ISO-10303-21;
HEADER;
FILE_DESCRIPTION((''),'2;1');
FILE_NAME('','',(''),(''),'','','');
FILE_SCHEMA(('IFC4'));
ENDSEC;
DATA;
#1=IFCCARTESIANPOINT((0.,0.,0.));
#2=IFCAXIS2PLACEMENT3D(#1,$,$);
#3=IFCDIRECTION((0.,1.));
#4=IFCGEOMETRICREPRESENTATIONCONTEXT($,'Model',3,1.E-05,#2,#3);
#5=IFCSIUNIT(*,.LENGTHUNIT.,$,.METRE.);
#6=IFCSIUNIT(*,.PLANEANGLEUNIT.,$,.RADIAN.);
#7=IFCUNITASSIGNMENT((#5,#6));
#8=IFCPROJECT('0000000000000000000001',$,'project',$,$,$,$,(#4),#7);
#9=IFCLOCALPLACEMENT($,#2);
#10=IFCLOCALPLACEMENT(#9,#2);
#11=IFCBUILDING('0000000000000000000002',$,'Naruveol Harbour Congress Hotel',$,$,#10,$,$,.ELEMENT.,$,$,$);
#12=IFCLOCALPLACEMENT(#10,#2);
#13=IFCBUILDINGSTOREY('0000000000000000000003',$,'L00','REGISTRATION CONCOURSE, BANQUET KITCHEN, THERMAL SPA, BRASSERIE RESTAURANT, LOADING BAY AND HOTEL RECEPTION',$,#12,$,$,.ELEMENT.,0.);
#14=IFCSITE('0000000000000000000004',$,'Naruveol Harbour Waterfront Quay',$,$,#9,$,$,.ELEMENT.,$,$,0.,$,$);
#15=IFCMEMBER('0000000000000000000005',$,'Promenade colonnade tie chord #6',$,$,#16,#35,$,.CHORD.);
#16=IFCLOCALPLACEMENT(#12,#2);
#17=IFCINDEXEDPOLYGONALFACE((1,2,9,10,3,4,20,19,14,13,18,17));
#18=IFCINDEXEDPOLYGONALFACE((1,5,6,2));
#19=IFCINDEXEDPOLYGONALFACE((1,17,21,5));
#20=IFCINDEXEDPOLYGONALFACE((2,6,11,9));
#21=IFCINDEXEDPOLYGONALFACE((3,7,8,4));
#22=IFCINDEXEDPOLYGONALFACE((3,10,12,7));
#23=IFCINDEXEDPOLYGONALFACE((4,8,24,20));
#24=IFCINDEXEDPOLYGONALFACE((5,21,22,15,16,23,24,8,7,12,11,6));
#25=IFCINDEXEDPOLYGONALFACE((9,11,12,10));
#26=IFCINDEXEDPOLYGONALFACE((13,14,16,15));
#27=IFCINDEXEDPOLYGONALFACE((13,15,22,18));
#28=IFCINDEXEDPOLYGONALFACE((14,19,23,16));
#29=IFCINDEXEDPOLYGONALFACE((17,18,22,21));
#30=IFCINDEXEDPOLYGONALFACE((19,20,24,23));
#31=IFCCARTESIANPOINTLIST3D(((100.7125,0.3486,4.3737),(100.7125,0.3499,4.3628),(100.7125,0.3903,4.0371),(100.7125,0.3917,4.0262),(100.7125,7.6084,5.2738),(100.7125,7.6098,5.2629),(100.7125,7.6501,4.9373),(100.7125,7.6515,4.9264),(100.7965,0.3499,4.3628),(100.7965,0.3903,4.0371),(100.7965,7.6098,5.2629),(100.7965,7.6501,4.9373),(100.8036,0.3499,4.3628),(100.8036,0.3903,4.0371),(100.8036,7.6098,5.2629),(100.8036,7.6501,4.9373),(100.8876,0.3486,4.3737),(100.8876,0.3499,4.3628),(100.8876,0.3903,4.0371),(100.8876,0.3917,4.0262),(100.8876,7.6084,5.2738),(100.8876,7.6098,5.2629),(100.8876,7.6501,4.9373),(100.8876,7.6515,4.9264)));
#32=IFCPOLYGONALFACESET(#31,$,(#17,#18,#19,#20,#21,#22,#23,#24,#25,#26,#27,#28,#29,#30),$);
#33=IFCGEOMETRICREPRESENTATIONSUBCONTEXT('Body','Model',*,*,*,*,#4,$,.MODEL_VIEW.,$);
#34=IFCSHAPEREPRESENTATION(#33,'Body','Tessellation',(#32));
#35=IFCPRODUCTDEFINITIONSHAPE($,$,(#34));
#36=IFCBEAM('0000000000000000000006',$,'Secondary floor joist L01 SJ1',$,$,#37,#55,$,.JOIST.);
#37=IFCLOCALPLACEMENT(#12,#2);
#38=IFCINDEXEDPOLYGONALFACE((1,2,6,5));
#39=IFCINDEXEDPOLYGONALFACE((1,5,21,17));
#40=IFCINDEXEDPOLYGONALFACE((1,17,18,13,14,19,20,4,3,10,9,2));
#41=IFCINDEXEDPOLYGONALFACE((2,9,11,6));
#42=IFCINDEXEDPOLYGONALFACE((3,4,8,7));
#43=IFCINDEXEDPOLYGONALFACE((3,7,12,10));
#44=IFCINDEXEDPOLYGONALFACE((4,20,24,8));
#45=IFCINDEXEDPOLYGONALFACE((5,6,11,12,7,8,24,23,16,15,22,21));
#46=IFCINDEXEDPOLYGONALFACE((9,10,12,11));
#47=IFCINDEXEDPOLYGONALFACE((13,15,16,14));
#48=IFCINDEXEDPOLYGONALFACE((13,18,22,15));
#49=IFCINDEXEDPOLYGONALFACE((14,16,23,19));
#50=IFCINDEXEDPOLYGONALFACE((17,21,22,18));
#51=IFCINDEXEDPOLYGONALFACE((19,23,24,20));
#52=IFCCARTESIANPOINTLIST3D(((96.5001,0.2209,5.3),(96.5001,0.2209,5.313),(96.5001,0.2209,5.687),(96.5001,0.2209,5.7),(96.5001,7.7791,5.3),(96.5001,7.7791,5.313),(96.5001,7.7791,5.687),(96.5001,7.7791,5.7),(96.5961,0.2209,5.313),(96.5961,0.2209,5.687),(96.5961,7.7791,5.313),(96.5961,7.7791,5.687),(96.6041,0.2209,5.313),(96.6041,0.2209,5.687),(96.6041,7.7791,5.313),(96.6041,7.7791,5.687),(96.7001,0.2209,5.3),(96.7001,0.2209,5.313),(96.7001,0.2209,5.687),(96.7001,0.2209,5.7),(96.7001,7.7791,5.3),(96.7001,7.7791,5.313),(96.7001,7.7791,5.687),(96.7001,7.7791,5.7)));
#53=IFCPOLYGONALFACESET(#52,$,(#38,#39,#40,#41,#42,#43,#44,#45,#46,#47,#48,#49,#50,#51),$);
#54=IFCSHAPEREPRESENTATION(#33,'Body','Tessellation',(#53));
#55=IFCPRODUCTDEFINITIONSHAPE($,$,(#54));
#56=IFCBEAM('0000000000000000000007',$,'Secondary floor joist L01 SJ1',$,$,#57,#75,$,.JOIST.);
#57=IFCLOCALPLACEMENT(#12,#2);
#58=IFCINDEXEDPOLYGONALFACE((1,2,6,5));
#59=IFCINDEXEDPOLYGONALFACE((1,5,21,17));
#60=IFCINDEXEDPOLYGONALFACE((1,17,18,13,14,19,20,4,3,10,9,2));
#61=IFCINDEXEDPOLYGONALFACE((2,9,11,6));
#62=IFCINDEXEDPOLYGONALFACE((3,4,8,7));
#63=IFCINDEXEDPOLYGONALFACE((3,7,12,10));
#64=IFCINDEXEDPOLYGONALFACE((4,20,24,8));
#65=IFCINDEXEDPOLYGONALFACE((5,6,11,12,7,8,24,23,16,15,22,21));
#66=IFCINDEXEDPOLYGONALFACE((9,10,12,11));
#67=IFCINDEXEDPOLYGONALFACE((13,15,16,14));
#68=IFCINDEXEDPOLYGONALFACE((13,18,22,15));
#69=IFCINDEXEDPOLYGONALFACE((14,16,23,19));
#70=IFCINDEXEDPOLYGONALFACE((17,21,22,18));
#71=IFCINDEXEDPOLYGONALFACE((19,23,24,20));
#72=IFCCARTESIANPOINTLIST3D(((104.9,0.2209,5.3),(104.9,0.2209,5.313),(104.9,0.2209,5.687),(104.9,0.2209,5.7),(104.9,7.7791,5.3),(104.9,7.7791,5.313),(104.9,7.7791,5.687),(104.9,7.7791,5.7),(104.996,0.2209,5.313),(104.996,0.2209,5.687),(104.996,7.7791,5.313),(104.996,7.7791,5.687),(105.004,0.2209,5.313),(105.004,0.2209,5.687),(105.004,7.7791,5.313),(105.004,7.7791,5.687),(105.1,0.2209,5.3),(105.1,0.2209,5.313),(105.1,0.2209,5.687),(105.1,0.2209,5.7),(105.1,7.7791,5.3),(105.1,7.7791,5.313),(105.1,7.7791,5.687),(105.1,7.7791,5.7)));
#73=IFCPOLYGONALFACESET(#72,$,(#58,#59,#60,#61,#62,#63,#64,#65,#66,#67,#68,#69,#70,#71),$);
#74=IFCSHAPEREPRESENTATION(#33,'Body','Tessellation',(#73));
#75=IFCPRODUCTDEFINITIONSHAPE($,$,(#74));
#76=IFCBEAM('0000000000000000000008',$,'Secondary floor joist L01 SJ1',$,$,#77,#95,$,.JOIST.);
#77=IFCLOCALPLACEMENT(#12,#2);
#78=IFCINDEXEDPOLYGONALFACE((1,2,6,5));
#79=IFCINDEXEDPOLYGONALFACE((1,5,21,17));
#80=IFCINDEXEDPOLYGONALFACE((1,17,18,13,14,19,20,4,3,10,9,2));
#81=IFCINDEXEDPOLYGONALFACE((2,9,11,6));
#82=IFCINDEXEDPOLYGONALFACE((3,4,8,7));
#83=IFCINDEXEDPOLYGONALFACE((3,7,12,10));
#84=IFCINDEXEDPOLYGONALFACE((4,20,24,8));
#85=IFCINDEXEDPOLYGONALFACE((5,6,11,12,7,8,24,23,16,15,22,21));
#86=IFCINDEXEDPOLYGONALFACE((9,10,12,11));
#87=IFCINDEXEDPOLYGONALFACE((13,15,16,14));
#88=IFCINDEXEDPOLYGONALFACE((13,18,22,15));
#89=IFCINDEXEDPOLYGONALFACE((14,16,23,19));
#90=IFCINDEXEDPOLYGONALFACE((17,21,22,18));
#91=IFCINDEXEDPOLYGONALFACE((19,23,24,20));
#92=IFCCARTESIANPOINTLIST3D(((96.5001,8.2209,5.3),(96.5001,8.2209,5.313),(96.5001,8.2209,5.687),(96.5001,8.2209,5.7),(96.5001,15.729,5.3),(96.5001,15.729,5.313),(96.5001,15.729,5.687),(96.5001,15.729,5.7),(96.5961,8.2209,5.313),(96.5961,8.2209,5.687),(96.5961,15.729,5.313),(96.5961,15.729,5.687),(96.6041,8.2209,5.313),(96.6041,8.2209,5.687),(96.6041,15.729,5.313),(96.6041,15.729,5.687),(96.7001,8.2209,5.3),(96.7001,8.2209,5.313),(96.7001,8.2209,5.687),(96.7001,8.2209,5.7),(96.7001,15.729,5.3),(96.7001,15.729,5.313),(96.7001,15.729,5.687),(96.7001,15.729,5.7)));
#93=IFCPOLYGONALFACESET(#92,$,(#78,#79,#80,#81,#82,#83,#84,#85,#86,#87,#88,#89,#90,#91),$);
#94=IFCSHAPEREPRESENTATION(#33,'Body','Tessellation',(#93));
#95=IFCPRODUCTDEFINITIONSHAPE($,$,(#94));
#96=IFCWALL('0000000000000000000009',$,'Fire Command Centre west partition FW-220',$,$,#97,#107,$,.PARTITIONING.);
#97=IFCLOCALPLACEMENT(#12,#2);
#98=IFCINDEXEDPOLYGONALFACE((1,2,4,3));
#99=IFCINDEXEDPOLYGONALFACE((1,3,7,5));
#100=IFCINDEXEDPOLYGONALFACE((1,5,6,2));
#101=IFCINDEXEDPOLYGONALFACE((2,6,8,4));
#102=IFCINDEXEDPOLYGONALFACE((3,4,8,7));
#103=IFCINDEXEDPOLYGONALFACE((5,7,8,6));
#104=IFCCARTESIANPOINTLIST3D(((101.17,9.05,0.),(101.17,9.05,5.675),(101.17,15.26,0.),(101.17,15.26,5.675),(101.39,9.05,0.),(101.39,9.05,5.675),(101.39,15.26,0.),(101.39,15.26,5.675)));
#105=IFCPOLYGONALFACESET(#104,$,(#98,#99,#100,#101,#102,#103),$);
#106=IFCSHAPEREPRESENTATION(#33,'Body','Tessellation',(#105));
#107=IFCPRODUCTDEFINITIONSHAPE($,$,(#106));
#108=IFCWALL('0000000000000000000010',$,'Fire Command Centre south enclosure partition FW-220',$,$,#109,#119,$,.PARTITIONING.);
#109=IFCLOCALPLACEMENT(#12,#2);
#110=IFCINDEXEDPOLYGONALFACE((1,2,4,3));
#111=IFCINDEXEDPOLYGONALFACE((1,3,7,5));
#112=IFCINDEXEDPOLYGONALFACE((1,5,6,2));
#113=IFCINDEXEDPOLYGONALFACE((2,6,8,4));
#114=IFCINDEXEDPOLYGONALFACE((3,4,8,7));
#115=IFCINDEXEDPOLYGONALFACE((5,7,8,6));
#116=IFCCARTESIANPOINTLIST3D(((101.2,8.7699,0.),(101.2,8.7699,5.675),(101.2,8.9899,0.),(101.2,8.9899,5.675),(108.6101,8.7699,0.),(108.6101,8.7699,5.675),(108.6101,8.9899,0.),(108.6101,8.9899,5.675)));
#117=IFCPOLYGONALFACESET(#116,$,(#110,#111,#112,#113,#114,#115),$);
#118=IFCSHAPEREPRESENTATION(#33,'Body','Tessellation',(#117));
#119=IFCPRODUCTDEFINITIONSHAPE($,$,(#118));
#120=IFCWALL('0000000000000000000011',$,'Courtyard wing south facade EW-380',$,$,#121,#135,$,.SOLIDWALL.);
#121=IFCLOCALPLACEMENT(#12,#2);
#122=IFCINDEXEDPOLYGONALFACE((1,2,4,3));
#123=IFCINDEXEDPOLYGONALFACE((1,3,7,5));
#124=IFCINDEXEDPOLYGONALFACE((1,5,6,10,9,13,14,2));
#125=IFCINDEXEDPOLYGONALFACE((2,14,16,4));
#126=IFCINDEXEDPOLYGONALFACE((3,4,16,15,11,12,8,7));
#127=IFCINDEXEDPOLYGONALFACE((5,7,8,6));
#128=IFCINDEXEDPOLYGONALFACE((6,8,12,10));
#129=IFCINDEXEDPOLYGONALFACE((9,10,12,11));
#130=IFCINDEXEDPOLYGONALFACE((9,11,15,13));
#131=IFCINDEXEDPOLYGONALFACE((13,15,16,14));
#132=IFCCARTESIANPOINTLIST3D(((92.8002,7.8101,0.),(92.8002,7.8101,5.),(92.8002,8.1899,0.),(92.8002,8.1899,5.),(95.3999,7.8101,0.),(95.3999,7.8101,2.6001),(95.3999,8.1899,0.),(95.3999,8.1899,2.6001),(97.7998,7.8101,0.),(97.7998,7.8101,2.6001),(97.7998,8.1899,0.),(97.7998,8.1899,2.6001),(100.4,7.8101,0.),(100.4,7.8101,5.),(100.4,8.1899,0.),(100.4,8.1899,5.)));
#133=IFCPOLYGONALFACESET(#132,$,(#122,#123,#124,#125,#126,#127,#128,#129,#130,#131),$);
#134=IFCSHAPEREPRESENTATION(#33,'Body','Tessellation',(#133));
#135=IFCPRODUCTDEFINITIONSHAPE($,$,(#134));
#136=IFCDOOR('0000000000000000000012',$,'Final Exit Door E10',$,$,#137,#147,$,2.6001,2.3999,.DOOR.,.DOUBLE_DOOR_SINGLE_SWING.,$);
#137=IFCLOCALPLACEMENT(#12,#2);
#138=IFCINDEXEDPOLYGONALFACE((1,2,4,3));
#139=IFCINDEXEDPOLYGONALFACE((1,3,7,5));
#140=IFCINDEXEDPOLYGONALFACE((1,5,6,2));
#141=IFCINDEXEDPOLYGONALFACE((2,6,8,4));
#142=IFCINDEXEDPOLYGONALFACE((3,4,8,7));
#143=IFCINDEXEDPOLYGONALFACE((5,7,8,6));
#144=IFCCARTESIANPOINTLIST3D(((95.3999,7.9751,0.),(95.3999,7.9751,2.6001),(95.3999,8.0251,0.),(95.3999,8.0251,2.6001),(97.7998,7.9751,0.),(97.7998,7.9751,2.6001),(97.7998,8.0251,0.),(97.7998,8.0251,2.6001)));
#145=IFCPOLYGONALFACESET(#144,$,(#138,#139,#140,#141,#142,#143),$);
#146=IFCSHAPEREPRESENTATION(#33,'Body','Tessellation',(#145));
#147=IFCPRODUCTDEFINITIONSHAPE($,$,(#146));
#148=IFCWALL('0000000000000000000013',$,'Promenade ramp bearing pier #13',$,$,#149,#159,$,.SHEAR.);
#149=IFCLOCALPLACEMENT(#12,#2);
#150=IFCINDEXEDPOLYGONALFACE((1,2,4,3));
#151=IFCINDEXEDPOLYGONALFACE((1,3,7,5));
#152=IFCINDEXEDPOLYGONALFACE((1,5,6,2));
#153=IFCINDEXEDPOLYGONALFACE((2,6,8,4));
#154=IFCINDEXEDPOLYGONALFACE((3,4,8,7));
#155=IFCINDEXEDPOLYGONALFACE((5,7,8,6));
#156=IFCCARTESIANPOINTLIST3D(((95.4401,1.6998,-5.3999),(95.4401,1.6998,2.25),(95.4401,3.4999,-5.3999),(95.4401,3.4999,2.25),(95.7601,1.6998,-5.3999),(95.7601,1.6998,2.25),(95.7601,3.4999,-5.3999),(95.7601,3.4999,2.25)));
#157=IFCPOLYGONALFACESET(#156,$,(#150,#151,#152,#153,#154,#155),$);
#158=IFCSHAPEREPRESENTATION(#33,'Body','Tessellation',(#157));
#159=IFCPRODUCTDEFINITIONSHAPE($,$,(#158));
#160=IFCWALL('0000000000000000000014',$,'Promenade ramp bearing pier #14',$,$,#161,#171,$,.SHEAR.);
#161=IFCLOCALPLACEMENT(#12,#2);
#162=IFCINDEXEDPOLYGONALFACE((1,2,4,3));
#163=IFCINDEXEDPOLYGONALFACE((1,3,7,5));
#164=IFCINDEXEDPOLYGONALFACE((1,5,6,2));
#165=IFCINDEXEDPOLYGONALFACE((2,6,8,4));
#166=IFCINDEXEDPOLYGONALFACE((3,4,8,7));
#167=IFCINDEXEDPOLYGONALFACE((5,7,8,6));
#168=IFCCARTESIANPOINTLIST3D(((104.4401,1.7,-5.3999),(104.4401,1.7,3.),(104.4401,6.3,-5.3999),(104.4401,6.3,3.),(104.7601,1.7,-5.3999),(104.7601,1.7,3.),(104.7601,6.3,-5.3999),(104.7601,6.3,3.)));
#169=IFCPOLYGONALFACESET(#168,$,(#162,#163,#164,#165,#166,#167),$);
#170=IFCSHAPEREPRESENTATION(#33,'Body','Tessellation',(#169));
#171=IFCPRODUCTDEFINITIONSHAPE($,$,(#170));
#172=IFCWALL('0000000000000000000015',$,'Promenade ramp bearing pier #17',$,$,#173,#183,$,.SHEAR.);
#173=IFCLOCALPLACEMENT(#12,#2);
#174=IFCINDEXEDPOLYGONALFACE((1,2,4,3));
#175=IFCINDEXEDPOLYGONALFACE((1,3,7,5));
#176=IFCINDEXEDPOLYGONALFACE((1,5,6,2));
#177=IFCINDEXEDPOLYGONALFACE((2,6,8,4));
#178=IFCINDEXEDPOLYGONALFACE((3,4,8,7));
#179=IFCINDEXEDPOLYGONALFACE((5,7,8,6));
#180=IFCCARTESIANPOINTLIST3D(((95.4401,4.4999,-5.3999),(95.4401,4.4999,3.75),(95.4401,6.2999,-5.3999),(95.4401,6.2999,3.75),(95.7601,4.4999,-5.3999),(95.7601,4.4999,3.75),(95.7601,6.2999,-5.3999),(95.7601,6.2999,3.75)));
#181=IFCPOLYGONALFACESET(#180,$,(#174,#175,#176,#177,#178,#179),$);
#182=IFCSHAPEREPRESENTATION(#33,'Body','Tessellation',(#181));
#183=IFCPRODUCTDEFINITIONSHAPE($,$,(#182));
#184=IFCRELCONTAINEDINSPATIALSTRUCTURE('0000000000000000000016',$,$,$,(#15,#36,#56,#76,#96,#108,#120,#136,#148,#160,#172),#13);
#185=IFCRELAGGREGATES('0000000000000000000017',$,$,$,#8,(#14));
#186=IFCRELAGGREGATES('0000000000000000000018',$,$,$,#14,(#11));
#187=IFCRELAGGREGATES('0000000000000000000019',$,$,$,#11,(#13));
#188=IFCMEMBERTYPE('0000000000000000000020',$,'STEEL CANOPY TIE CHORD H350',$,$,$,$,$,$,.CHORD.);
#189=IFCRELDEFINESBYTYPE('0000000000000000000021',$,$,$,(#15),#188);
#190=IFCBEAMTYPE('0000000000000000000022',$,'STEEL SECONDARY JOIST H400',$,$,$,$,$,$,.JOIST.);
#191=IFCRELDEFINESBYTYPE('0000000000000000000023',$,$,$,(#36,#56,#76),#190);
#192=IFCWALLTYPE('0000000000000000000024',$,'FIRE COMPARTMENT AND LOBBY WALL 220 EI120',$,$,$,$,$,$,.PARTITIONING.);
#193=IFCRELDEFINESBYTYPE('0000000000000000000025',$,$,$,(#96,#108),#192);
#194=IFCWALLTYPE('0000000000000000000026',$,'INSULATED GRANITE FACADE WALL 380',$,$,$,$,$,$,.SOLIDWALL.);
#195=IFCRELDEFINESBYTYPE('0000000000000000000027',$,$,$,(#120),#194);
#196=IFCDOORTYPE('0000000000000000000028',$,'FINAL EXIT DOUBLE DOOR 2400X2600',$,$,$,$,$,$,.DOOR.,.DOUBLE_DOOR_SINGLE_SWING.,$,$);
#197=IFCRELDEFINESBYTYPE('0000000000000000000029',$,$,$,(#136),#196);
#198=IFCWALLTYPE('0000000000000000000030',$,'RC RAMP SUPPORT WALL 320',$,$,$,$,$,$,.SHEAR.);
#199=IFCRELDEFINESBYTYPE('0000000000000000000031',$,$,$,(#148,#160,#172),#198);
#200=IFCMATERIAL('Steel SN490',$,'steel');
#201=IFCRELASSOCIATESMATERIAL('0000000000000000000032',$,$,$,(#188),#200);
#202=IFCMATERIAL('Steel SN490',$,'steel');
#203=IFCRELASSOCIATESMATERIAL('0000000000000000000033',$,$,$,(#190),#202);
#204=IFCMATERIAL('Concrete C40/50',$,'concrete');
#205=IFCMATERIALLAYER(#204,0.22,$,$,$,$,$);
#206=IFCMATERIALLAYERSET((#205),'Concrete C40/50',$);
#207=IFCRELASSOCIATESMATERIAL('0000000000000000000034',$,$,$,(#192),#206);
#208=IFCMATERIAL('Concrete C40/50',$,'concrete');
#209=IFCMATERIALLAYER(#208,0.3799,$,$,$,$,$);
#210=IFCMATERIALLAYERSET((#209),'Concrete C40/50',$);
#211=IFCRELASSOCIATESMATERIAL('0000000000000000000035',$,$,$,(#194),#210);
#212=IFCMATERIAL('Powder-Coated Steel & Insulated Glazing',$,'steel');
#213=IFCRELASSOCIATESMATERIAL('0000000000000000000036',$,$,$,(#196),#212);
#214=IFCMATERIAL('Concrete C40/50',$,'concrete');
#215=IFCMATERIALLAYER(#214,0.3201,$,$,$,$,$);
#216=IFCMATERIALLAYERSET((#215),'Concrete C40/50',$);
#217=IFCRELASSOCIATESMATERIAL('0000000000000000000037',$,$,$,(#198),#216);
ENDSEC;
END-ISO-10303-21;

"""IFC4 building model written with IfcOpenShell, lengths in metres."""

from ifc_helpers import new_model, si_unit, direction, frame, frame_2d, origin, origin_2d, place, context, subcontext, project, spatial, rectangle, i_section, extrude, material, layer, layer_set, material_profile, profile_set, type_object, element, fill, save


model = new_model("IFC4")

# Units and contexts
model_context = context("Model", 3, precision=1e-05, world=origin(), true_north=direction((0.0, 1.0)))
body_context = subcontext(model_context, "Body", "Model", "MODEL_VIEW")
ifc_project = project(units=[si_unit("LENGTHUNIT", "METRE"), si_unit("PLANEANGLEUNIT", "RADIAN")], contexts=[model_context])

# Site, building, storey
site_placement = place(None, origin())
site = spatial("IfcSite", under=ifc_project, at=site_placement, Name="Naruveol Harbour Waterfront Quay", CompositionType="ELEMENT", RefElevation=0.0)
building_placement = place(site_placement, origin())
building = spatial("IfcBuilding", under=site, at=building_placement, Name="Naruveol Harbour Congress Hotel", CompositionType="ELEMENT")
storey_placement = place(building_placement, origin())
storey = spatial("IfcBuildingStorey", under=building, at=storey_placement, Name="L00", Description="REGISTRATION CONCOURSE, BANQUET KITCHEN, THERMAL SPA, BRASSERIE RESTAURANT, LOADING BAY AND HOTEL RECEPTION", CompositionType="ELEMENT", Elevation=0.0)

# Member
ifc_material_1 = material(Name="Steel SN490", Category="steel")
ifc_material_profile_1 = material_profile(ifc_material_1, i_section(OverallWidth=0.175, OverallDepth=0.3501, WebThickness=0.0071, FlangeThickness=0.011, at=origin_2d()), Name="H-350x175x7x11")
ifc_profile_set_1 = profile_set([ifc_material_profile_1], Name="Steel SN490")
member_type = type_object("IfcMemberType", Name="STEEL CANOPY TIE CHORD H350", PredefinedType="CHORD", material=ifc_profile_set_1)
member_placement = place(storey_placement, frame((100.8, 0.3701, 4.2), z_axis=(0.0, 0.992401, 0.123049), x_axis=(-1.0, 0.0, 0.0)))
element("IfcMember", 1, at=member_placement, inside=storey, type_object=member_type, Name="Promenade colonnade tie chord #6", PredefinedType="CHORD", context=body_context, shape_type="SweptSolid", body=[
    extrude(i_section(OverallWidth=0.175, OverallDepth=0.3501, WebThickness=0.0071, FlangeThickness=0.011, at=origin_2d()), origin(), (0.0, 0.0, 1.0), 7.3154),
])

# Beams
ifc_material_2 = material(Name="Steel SN490", Category="steel")
ifc_material_profile_2 = material_profile(ifc_material_2, i_section(OverallWidth=0.2, OverallDepth=0.3999, WebThickness=0.0081, FlangeThickness=0.0129, at=origin_2d()), Name="H-400x200x8x13")
ifc_profile_set_2 = profile_set([ifc_material_profile_2], Name="Steel SN490")
beam_type_1 = type_object("IfcBeamType", Name="STEEL SECONDARY JOIST H400", PredefinedType="JOIST", material=ifc_profile_set_2)
for number, where, z_axis, x_axis, name in (
    (2, (96.6001, 0.2209, 5.5), (0.0, 1.0, 0.0), (-1.0, 0.0, 0.0), "Secondary floor joist L01 SJ1"),
    (3, (105.0, 0.2209, 5.5), (0.0, 1.0, 0.0), (-1.0, 0.0, 0.0), "Secondary floor joist L01 SJ1"),
):
    element("IfcBeam", number, at=place(storey_placement, frame(where, z_axis=z_axis, x_axis=x_axis)), inside=storey, type_object=beam_type_1, Name=name, PredefinedType="JOIST", context=body_context, shape_type="SweptSolid", body=[
        extrude(i_section(OverallWidth=0.2, OverallDepth=0.3999, WebThickness=0.0081, FlangeThickness=0.0129, at=origin_2d()), origin(), (0.0, 0.0, 1.0), 7.5581),
    ])
beam_1_placement = place(storey_placement, frame((96.6001, 8.2209, 5.5), z_axis=(0.0, 1.0, 0.0), x_axis=(-1.0, 0.0, 0.0)))
element("IfcBeam", 4, at=beam_1_placement, inside=storey, type_object=beam_type_1, Name="Secondary floor joist L01 SJ1", PredefinedType="JOIST", context=body_context, shape_type="SweptSolid", body=[
    extrude(i_section(OverallWidth=0.2, OverallDepth=0.3999, WebThickness=0.0081, FlangeThickness=0.0129, at=origin_2d()), origin(), (0.0, 0.0, 1.0), 7.5081),
])

# Walls
ifc_material_3 = material(Name="Concrete C40/50", Category="concrete")
ifc_layer_1 = layer(ifc_material_3, 0.22)
ifc_layer_set_1 = layer_set([ifc_layer_1], Name="Concrete C40/50")
wall_type_1 = type_object("IfcWallType", Name="FIRE COMPARTMENT AND LOBBY WALL 220 EI120", PredefinedType="PARTITIONING", material=ifc_layer_set_1)
wall_1_placement = place(storey_placement, frame((101.28, 9.05, 0.0), z_axis=(0.0, 0.0, 1.0), x_axis=(0.0, 1.0, 0.0)))
element("IfcWall", 5, at=wall_1_placement, inside=storey, type_object=wall_type_1, Name="Fire Command Centre west partition FW-220", PredefinedType="PARTITIONING", context=body_context, shape_type="SweptSolid", body=[
    extrude(rectangle(XDim=6.21, YDim=0.22, at=frame_2d((3.105, 0.0))), origin(), (0.0, 0.0, 1.0), 5.675),
])
wall_2_placement = place(storey_placement, frame((101.2, 8.8799, 0.0), z_axis=(0.0, 0.0, 1.0), x_axis=(1.0, 0.0, 0.0)))
element("IfcWall", 6, at=wall_2_placement, inside=storey, type_object=wall_type_1, Name="Fire Command Centre south enclosure partition FW-220", PredefinedType="PARTITIONING", context=body_context, shape_type="SweptSolid", body=[
    extrude(rectangle(XDim=7.4102, YDim=0.22, at=frame_2d((3.7051, 0.0))), origin(), (0.0, 0.0, 1.0), 5.675),
])

# Wall, opening, door
ifc_material_4 = material(Name="Concrete C40/50", Category="concrete")
ifc_layer_2 = layer(ifc_material_4, 0.3799)
ifc_layer_set_2 = layer_set([ifc_layer_2], Name="Concrete C40/50")
wall_type_2 = type_object("IfcWallType", Name="INSULATED GRANITE FACADE WALL 380", PredefinedType="SOLIDWALL", material=ifc_layer_set_2)
wall_3_placement = place(storey_placement, frame((100.3999, 8.0, 0.0), z_axis=(0.0, 0.0, 1.0), x_axis=(-1.0, 0.0, 0.0)))
wall_3 = element("IfcWall", 7, at=wall_3_placement, inside=storey, type_object=wall_type_2, Name="Courtyard wing south facade EW-380", PredefinedType="SOLIDWALL", context=body_context, shape_type="SweptSolid", body=[
    extrude(rectangle(XDim=7.5999, YDim=0.3799, at=frame_2d((3.7998, 0.0))), origin(), (0.0, 0.0, 1.0), 5.0),
])
opening_placement = place(wall_3_placement, frame((2.6001, 0.0, 0.0)))
opening = element("IfcOpeningElement", 8, at=opening_placement, cuts=wall_3, PredefinedType="OPENING", context=body_context, shape_type="SweptSolid", body=[
    extrude(rectangle(XDim=2.3999, YDim=2.6001, at=frame_2d((1.2, 1.3))), frame((0.0, 0.2, 0.0), z_axis=(0.0, -1.0, 0.0), x_axis=(1.0, 0.0, 0.0)), (0.0, 0.0, 1.0), 0.3999),
])
ifc_material_5 = material(Name="Powder-Coated Steel & Insulated Glazing", Category="steel")
door_type = type_object("IfcDoorType", Name="FINAL EXIT DOUBLE DOOR 2400X2600", OperationType="DOUBLE_DOOR_SINGLE_SWING", PredefinedType="DOOR", material=ifc_material_5)
door_placement = place(opening_placement, origin())
door = element("IfcDoor", 9, at=door_placement, inside=storey, type_object=door_type, Name="Final Exit Door E10", OperationType="DOUBLE_DOOR_SINGLE_SWING", OverallHeight=2.6001, OverallWidth=2.3999, PredefinedType="DOOR", context=body_context, shape_type="SweptSolid", body=[
    extrude(rectangle(XDim=2.3999, YDim=2.6001, at=frame_2d((1.2, 1.3))), frame((0.0, 0.0249, 0.0), z_axis=(0.0, -1.0, 0.0), x_axis=(1.0, 0.0, 0.0)), (0.0, 0.0, 1.0), 0.05),
])
fill(opening, door)

# Walls
ifc_material_6 = material(Name="Concrete C40/50", Category="concrete")
ifc_layer_3 = layer(ifc_material_6, 0.3201)
ifc_layer_set_3 = layer_set([ifc_layer_3], Name="Concrete C40/50")
wall_type_3 = type_object("IfcWallType", Name="RC RAMP SUPPORT WALL 320", PredefinedType="SHEAR", material=ifc_layer_set_3)
wall_4_placement = place(storey_placement, frame((95.6001, 1.7, -5.3999), z_axis=(0.0, 0.0, 1.0), x_axis=(0.0, 1.0, 0.0)))
element("IfcWall", 10, at=wall_4_placement, inside=storey, type_object=wall_type_3, Name="Promenade ramp bearing pier #13", PredefinedType="SHEAR", context=body_context, shape_type="SweptSolid", body=[
    extrude(rectangle(XDim=1.8, YDim=0.3201, at=frame_2d((0.8999, 0.0))), origin(), (0.0, 0.0, 1.0), 7.6499),
])
wall_5_placement = place(storey_placement, frame((104.6001, 1.7, -5.3999), z_axis=(0.0, 0.0, 1.0), x_axis=(0.0, 1.0, 0.0)))
element("IfcWall", 11, at=wall_5_placement, inside=storey, type_object=wall_type_3, Name="Promenade ramp bearing pier #14", PredefinedType="SHEAR", context=body_context, shape_type="SweptSolid", body=[
    extrude(rectangle(XDim=4.6001, YDim=0.3201, at=frame_2d((2.3, 0.0))), origin(), (0.0, 0.0, 1.0), 8.3999),
])
wall_6_placement = place(storey_placement, frame((95.6001, 4.5, -5.3999), z_axis=(0.0, 0.0, 1.0), x_axis=(0.0, 1.0, 0.0)))
element("IfcWall", 12, at=wall_6_placement, inside=storey, type_object=wall_type_3, Name="Promenade ramp bearing pier #17", PredefinedType="SHEAR", context=body_context, shape_type="SweptSolid", body=[
    extrude(rectangle(XDim=1.8, YDim=0.3201, at=frame_2d((0.8999, 0.0))), origin(), (0.0, 0.0, 1.0), 9.1499),
])

save(model, "model.ifc")
